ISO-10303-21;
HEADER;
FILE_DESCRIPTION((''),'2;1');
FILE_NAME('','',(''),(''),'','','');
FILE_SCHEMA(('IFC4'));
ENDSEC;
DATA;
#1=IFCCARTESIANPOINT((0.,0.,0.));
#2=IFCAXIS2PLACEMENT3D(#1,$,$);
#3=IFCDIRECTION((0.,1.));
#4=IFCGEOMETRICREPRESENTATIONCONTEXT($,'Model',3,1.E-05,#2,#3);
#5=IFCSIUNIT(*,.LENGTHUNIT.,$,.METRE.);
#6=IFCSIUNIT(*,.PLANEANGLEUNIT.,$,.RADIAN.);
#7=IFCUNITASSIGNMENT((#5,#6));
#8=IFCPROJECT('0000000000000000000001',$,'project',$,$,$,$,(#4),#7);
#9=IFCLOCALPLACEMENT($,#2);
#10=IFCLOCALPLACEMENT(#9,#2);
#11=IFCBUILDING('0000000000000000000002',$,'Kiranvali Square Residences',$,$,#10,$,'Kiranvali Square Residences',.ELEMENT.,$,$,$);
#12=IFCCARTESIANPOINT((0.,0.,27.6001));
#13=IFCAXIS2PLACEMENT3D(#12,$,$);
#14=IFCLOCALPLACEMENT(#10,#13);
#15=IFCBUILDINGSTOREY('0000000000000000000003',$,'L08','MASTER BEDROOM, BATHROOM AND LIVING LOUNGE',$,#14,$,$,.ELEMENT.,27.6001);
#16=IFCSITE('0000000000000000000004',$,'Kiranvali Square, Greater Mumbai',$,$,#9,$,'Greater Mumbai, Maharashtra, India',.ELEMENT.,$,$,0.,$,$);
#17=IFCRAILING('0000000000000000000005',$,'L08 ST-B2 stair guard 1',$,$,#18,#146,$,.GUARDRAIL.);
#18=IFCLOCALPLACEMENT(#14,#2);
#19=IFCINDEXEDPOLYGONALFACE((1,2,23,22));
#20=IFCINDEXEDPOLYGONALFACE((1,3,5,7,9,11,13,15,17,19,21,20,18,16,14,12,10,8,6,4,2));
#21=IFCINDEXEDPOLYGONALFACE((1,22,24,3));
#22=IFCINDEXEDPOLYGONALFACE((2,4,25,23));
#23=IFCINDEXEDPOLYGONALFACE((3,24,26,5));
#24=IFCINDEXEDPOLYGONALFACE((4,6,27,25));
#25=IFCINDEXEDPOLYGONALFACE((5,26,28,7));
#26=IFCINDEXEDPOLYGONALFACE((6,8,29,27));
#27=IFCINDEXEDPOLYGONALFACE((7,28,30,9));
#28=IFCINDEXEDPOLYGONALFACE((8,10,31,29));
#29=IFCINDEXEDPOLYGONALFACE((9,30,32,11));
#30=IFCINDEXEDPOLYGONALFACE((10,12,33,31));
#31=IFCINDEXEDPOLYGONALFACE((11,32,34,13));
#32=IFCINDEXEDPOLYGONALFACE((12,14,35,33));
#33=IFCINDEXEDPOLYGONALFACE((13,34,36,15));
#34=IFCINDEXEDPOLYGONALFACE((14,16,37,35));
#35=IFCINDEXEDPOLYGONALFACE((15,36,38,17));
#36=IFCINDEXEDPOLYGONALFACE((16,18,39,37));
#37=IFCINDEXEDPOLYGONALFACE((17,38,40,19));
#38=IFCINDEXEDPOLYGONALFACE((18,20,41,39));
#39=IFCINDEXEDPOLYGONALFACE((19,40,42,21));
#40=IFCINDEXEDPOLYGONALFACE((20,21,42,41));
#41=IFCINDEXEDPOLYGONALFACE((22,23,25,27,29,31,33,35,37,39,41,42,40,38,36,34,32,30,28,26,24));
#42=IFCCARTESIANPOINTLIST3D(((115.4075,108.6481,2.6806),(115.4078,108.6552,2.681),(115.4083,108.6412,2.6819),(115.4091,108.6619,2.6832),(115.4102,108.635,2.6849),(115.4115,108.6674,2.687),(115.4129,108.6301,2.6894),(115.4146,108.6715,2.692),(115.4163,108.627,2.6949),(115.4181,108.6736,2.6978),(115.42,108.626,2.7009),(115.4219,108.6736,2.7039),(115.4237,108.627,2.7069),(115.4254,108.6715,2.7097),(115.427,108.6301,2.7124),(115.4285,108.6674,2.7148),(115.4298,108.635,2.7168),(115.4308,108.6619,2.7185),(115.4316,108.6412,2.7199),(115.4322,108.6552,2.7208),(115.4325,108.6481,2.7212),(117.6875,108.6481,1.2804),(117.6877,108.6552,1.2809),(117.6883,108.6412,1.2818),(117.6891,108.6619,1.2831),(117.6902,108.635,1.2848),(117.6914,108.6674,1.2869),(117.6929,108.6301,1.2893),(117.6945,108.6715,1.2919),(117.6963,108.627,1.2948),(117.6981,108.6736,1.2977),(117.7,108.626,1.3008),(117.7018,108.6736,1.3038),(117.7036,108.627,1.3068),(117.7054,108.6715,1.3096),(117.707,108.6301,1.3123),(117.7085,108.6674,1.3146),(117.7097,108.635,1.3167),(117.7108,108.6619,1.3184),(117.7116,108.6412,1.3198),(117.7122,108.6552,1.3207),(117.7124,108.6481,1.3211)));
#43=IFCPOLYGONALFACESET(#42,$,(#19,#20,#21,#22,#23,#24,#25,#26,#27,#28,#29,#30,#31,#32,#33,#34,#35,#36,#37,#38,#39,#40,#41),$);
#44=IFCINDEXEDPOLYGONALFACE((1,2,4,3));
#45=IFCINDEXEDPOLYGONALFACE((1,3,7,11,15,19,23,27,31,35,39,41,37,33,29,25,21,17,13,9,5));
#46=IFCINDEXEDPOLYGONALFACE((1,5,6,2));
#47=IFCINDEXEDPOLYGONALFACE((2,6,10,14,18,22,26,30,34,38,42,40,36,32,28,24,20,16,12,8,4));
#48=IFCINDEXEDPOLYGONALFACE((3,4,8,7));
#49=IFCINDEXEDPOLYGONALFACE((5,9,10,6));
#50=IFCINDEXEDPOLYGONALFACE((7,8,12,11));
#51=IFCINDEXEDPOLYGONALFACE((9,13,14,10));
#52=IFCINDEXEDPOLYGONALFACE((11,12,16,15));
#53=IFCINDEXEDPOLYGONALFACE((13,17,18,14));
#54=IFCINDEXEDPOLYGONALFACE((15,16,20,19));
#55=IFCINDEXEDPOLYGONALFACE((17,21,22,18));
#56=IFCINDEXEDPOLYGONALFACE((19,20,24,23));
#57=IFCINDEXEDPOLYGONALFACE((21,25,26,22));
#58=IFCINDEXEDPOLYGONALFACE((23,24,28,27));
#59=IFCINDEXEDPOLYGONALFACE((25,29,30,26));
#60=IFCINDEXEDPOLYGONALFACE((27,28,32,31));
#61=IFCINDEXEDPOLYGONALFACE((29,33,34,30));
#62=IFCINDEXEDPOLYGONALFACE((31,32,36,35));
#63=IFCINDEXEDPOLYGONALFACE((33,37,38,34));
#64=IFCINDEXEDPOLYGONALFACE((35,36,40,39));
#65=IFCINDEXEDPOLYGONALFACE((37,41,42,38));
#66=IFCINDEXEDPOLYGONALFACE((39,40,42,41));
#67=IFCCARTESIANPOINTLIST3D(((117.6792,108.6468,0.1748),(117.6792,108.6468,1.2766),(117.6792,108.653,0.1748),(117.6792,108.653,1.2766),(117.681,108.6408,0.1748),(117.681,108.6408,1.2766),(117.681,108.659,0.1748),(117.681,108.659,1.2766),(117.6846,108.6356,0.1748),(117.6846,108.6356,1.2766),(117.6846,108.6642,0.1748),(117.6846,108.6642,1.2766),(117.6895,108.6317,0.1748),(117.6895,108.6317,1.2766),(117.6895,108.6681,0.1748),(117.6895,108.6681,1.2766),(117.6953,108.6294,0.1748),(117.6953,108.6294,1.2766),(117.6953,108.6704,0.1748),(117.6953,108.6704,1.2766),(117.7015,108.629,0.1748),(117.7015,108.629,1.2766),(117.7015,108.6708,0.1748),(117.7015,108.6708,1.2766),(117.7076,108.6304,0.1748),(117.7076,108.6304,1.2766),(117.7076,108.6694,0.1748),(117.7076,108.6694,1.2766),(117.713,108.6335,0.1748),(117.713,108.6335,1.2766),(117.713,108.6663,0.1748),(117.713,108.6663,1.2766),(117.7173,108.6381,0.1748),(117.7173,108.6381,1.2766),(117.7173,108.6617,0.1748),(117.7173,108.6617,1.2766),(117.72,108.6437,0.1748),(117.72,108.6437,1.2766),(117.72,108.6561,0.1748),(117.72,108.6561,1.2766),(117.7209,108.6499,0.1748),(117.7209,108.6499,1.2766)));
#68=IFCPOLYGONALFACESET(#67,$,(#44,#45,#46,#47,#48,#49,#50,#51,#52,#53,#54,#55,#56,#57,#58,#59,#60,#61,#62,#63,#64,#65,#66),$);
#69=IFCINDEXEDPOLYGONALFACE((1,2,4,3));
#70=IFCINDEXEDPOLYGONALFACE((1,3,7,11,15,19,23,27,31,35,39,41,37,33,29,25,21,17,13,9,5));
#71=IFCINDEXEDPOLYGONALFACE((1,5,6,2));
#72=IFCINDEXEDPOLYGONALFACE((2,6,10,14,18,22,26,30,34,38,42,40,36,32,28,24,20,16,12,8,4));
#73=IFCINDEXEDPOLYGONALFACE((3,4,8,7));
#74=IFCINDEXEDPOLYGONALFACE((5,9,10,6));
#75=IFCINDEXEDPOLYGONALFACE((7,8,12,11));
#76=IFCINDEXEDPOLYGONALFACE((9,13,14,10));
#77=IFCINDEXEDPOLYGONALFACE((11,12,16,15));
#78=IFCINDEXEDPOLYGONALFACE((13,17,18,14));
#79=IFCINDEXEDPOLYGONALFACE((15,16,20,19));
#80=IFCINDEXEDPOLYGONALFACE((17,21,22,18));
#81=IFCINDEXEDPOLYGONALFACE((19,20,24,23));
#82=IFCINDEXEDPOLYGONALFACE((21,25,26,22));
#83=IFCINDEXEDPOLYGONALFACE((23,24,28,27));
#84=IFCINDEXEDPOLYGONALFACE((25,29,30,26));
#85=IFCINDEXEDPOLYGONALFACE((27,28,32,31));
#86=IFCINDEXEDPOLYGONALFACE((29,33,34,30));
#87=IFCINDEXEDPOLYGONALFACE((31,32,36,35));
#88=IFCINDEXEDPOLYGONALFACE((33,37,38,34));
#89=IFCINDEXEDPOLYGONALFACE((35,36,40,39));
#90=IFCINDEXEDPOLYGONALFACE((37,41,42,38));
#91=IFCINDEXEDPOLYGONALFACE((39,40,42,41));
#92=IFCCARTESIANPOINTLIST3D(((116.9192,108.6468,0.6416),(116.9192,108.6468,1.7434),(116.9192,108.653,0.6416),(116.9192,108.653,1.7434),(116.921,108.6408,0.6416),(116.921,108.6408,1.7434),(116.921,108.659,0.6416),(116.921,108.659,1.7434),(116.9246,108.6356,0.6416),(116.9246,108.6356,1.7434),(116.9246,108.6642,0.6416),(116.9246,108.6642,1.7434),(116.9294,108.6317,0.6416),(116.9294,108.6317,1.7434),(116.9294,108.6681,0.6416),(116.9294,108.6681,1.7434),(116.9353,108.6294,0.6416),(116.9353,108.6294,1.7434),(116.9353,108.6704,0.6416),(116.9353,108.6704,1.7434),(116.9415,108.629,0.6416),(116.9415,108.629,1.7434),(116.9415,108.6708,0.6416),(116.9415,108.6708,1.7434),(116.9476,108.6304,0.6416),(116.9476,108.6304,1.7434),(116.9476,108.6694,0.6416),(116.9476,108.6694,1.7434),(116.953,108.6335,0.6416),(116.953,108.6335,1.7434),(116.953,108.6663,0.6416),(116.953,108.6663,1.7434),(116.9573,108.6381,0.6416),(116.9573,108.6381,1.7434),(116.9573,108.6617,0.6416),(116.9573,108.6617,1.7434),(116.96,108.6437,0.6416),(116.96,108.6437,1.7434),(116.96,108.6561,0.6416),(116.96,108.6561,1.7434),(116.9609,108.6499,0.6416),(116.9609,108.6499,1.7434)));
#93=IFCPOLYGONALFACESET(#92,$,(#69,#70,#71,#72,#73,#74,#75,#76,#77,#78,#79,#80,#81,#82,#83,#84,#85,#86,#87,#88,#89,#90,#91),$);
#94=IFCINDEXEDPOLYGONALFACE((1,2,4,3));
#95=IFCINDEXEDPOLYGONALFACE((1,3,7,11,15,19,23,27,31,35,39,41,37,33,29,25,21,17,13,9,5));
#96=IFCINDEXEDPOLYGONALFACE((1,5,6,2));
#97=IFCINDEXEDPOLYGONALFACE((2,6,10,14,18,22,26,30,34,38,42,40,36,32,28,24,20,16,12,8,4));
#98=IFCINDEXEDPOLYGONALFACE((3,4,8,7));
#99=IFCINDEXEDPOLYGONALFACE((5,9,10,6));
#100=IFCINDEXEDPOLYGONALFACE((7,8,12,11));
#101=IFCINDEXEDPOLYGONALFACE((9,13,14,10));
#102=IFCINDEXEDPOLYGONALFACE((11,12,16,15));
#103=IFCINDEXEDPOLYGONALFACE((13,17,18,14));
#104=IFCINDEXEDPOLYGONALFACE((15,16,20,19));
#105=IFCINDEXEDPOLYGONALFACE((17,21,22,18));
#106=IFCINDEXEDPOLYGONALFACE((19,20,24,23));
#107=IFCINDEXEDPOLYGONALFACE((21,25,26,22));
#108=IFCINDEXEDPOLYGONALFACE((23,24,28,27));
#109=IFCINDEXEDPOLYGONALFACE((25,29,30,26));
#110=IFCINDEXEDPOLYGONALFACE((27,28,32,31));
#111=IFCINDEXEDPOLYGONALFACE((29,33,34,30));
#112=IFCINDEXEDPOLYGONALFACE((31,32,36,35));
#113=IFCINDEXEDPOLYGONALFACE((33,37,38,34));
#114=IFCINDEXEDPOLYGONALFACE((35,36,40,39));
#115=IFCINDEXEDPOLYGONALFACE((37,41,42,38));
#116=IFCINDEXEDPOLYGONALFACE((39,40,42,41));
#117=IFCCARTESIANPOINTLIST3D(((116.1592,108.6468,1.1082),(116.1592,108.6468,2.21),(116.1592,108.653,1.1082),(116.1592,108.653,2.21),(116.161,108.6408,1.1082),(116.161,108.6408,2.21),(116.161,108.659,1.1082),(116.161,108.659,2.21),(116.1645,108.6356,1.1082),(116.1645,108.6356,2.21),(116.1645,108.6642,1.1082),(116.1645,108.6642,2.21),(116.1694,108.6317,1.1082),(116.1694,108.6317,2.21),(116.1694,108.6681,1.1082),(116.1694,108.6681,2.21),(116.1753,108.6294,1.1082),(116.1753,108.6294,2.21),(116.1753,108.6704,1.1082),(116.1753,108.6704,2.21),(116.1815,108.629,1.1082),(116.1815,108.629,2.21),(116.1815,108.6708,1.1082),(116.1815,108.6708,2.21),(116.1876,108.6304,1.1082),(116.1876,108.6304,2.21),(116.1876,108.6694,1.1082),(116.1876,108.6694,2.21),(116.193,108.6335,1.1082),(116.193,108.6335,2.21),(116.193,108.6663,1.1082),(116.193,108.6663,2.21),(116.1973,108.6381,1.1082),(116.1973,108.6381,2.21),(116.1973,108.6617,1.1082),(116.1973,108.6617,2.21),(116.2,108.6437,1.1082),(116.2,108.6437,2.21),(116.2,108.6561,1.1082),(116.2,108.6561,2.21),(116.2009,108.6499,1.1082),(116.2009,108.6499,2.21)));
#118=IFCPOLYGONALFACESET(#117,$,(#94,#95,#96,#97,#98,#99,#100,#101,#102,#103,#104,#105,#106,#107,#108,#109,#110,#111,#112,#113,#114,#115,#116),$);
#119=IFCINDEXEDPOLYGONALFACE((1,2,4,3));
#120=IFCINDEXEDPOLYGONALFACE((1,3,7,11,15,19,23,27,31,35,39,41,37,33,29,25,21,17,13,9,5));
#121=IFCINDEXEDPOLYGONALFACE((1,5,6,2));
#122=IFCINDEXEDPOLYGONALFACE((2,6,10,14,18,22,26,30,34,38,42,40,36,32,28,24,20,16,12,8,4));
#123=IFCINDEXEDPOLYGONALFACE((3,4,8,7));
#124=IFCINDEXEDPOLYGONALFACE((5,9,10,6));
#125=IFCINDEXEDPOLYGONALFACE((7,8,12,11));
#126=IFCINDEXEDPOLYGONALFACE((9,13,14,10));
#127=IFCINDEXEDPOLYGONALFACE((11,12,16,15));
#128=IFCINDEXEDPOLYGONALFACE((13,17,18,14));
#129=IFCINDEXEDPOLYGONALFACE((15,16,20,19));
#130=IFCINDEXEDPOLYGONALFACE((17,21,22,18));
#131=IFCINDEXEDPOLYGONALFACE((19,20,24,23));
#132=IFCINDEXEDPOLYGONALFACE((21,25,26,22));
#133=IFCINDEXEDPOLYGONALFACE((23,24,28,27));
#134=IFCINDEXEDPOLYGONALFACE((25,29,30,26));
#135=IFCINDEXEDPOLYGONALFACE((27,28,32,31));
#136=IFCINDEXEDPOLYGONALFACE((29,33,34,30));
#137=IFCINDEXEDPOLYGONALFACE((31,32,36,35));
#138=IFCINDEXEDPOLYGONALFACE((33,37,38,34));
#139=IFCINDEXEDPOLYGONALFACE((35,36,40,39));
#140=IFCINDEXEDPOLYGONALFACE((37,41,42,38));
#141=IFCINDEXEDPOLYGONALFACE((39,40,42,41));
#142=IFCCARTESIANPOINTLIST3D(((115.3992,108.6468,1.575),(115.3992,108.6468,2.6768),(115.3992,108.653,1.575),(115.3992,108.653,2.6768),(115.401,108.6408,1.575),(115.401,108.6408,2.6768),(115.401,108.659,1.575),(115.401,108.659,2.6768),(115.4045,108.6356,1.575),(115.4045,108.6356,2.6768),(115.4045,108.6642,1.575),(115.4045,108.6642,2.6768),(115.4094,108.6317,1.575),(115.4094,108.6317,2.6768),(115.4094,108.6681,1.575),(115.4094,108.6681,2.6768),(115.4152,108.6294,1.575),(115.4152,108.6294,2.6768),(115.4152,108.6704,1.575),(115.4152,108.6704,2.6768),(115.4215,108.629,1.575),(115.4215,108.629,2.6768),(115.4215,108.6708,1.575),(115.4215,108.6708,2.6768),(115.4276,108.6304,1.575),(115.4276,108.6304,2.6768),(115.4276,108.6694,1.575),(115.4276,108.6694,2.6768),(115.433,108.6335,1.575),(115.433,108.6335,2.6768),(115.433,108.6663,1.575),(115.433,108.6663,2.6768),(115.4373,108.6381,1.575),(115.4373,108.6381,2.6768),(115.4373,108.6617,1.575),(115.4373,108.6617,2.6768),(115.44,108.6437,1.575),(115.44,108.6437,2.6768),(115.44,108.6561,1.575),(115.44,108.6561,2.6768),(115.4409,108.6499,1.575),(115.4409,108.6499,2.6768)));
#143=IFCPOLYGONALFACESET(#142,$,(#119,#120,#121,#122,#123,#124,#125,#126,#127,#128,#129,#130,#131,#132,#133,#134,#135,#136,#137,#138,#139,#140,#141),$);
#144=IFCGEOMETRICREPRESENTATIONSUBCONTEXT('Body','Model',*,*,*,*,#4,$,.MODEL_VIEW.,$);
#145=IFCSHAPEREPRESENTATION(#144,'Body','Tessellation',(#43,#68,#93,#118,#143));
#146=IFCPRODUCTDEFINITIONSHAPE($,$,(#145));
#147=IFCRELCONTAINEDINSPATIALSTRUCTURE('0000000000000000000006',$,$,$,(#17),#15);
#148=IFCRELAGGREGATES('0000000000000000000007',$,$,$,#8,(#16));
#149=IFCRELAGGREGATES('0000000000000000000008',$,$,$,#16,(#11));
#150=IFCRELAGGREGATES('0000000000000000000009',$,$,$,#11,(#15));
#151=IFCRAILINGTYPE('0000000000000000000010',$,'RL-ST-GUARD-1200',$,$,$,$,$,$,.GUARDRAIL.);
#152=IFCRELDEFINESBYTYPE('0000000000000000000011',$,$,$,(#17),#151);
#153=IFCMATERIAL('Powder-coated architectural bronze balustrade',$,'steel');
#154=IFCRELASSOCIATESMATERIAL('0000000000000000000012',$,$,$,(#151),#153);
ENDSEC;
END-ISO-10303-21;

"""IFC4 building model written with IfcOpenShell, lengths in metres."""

from ifc_helpers import new_model, si_unit, direction, frame, origin, origin_2d, place, context, subcontext, project, spatial, circle, extrude, material, type_object, element, save


model = new_model("IFC4")

# Units and contexts
model_context = context("Model", 3, precision=1e-05, world=origin(), true_north=direction((0.0, 1.0)))
body_context = subcontext(model_context, "Body", "Model", "MODEL_VIEW")
ifc_project = project(units=[si_unit("LENGTHUNIT", "METRE"), si_unit("PLANEANGLEUNIT", "RADIAN")], contexts=[model_context])

# Site, building, storey
site_placement = place(None, origin())
site = spatial("IfcSite", under=ifc_project, at=site_placement, Name="Kiranvali Square, Greater Mumbai", LongName="Greater Mumbai, Maharashtra, India", CompositionType="ELEMENT", RefElevation=0.0)
building_placement = place(site_placement, origin())
building = spatial("IfcBuilding", under=site, at=building_placement, Name="Kiranvali Square Residences", LongName="Kiranvali Square Residences", CompositionType="ELEMENT")
storey_placement = place(building_placement, frame((0.0, 0.0, 27.6001)))
storey = spatial("IfcBuildingStorey", under=building, at=storey_placement, Name="L08", Description="MASTER BEDROOM, BATHROOM AND LIVING LOUNGE", CompositionType="ELEMENT", Elevation=27.6001)

# Railing
ifc_material_1 = material(Name="Powder-coated architectural bronze balustrade", Category="steel")
railing_type_1 = type_object("IfcRailingType", Name="RL-ST-GUARD-1200", PredefinedType="GUARDRAIL", material=ifc_material_1)
railing_1_placement = place(storey_placement, frame((117.7, 108.6499, 0.1748)))
element("IfcRailing", 1, at=railing_1_placement, inside=storey, type_object=railing_type_1, Name="L08 ST-B2 stair guard 1", PredefinedType="GUARDRAIL", context=body_context, shape_type="SweptSolid", body=[
    extrude(circle(Radius=0.0239, at=origin_2d()), frame((0.0, 0.0, 1.126), z_axis=(-0.85215, 0.0, 0.523298), x_axis=(0.0, -1.0, 0.0)), (0.0, 0.0, 1.0), 2.6755),
    extrude(circle(Radius=0.021, at=origin_2d()), origin(), (0.0, 0.0, 1.0), 1.1018),
    extrude(circle(Radius=0.021, at=origin_2d()), frame((-0.76, 0.0, 0.4668)), (0.0, 0.0, 1.0), 1.1018),
    extrude(circle(Radius=0.021, at=origin_2d()), frame((-1.52, 0.0, 0.9333)), (0.0, 0.0, 1.0), 1.1018),
    extrude(circle(Radius=0.021, at=origin_2d()), frame((-2.28, 0.0, 1.4001)), (0.0, 0.0, 1.0), 1.1018),
])

save(model, "model.ifc")
